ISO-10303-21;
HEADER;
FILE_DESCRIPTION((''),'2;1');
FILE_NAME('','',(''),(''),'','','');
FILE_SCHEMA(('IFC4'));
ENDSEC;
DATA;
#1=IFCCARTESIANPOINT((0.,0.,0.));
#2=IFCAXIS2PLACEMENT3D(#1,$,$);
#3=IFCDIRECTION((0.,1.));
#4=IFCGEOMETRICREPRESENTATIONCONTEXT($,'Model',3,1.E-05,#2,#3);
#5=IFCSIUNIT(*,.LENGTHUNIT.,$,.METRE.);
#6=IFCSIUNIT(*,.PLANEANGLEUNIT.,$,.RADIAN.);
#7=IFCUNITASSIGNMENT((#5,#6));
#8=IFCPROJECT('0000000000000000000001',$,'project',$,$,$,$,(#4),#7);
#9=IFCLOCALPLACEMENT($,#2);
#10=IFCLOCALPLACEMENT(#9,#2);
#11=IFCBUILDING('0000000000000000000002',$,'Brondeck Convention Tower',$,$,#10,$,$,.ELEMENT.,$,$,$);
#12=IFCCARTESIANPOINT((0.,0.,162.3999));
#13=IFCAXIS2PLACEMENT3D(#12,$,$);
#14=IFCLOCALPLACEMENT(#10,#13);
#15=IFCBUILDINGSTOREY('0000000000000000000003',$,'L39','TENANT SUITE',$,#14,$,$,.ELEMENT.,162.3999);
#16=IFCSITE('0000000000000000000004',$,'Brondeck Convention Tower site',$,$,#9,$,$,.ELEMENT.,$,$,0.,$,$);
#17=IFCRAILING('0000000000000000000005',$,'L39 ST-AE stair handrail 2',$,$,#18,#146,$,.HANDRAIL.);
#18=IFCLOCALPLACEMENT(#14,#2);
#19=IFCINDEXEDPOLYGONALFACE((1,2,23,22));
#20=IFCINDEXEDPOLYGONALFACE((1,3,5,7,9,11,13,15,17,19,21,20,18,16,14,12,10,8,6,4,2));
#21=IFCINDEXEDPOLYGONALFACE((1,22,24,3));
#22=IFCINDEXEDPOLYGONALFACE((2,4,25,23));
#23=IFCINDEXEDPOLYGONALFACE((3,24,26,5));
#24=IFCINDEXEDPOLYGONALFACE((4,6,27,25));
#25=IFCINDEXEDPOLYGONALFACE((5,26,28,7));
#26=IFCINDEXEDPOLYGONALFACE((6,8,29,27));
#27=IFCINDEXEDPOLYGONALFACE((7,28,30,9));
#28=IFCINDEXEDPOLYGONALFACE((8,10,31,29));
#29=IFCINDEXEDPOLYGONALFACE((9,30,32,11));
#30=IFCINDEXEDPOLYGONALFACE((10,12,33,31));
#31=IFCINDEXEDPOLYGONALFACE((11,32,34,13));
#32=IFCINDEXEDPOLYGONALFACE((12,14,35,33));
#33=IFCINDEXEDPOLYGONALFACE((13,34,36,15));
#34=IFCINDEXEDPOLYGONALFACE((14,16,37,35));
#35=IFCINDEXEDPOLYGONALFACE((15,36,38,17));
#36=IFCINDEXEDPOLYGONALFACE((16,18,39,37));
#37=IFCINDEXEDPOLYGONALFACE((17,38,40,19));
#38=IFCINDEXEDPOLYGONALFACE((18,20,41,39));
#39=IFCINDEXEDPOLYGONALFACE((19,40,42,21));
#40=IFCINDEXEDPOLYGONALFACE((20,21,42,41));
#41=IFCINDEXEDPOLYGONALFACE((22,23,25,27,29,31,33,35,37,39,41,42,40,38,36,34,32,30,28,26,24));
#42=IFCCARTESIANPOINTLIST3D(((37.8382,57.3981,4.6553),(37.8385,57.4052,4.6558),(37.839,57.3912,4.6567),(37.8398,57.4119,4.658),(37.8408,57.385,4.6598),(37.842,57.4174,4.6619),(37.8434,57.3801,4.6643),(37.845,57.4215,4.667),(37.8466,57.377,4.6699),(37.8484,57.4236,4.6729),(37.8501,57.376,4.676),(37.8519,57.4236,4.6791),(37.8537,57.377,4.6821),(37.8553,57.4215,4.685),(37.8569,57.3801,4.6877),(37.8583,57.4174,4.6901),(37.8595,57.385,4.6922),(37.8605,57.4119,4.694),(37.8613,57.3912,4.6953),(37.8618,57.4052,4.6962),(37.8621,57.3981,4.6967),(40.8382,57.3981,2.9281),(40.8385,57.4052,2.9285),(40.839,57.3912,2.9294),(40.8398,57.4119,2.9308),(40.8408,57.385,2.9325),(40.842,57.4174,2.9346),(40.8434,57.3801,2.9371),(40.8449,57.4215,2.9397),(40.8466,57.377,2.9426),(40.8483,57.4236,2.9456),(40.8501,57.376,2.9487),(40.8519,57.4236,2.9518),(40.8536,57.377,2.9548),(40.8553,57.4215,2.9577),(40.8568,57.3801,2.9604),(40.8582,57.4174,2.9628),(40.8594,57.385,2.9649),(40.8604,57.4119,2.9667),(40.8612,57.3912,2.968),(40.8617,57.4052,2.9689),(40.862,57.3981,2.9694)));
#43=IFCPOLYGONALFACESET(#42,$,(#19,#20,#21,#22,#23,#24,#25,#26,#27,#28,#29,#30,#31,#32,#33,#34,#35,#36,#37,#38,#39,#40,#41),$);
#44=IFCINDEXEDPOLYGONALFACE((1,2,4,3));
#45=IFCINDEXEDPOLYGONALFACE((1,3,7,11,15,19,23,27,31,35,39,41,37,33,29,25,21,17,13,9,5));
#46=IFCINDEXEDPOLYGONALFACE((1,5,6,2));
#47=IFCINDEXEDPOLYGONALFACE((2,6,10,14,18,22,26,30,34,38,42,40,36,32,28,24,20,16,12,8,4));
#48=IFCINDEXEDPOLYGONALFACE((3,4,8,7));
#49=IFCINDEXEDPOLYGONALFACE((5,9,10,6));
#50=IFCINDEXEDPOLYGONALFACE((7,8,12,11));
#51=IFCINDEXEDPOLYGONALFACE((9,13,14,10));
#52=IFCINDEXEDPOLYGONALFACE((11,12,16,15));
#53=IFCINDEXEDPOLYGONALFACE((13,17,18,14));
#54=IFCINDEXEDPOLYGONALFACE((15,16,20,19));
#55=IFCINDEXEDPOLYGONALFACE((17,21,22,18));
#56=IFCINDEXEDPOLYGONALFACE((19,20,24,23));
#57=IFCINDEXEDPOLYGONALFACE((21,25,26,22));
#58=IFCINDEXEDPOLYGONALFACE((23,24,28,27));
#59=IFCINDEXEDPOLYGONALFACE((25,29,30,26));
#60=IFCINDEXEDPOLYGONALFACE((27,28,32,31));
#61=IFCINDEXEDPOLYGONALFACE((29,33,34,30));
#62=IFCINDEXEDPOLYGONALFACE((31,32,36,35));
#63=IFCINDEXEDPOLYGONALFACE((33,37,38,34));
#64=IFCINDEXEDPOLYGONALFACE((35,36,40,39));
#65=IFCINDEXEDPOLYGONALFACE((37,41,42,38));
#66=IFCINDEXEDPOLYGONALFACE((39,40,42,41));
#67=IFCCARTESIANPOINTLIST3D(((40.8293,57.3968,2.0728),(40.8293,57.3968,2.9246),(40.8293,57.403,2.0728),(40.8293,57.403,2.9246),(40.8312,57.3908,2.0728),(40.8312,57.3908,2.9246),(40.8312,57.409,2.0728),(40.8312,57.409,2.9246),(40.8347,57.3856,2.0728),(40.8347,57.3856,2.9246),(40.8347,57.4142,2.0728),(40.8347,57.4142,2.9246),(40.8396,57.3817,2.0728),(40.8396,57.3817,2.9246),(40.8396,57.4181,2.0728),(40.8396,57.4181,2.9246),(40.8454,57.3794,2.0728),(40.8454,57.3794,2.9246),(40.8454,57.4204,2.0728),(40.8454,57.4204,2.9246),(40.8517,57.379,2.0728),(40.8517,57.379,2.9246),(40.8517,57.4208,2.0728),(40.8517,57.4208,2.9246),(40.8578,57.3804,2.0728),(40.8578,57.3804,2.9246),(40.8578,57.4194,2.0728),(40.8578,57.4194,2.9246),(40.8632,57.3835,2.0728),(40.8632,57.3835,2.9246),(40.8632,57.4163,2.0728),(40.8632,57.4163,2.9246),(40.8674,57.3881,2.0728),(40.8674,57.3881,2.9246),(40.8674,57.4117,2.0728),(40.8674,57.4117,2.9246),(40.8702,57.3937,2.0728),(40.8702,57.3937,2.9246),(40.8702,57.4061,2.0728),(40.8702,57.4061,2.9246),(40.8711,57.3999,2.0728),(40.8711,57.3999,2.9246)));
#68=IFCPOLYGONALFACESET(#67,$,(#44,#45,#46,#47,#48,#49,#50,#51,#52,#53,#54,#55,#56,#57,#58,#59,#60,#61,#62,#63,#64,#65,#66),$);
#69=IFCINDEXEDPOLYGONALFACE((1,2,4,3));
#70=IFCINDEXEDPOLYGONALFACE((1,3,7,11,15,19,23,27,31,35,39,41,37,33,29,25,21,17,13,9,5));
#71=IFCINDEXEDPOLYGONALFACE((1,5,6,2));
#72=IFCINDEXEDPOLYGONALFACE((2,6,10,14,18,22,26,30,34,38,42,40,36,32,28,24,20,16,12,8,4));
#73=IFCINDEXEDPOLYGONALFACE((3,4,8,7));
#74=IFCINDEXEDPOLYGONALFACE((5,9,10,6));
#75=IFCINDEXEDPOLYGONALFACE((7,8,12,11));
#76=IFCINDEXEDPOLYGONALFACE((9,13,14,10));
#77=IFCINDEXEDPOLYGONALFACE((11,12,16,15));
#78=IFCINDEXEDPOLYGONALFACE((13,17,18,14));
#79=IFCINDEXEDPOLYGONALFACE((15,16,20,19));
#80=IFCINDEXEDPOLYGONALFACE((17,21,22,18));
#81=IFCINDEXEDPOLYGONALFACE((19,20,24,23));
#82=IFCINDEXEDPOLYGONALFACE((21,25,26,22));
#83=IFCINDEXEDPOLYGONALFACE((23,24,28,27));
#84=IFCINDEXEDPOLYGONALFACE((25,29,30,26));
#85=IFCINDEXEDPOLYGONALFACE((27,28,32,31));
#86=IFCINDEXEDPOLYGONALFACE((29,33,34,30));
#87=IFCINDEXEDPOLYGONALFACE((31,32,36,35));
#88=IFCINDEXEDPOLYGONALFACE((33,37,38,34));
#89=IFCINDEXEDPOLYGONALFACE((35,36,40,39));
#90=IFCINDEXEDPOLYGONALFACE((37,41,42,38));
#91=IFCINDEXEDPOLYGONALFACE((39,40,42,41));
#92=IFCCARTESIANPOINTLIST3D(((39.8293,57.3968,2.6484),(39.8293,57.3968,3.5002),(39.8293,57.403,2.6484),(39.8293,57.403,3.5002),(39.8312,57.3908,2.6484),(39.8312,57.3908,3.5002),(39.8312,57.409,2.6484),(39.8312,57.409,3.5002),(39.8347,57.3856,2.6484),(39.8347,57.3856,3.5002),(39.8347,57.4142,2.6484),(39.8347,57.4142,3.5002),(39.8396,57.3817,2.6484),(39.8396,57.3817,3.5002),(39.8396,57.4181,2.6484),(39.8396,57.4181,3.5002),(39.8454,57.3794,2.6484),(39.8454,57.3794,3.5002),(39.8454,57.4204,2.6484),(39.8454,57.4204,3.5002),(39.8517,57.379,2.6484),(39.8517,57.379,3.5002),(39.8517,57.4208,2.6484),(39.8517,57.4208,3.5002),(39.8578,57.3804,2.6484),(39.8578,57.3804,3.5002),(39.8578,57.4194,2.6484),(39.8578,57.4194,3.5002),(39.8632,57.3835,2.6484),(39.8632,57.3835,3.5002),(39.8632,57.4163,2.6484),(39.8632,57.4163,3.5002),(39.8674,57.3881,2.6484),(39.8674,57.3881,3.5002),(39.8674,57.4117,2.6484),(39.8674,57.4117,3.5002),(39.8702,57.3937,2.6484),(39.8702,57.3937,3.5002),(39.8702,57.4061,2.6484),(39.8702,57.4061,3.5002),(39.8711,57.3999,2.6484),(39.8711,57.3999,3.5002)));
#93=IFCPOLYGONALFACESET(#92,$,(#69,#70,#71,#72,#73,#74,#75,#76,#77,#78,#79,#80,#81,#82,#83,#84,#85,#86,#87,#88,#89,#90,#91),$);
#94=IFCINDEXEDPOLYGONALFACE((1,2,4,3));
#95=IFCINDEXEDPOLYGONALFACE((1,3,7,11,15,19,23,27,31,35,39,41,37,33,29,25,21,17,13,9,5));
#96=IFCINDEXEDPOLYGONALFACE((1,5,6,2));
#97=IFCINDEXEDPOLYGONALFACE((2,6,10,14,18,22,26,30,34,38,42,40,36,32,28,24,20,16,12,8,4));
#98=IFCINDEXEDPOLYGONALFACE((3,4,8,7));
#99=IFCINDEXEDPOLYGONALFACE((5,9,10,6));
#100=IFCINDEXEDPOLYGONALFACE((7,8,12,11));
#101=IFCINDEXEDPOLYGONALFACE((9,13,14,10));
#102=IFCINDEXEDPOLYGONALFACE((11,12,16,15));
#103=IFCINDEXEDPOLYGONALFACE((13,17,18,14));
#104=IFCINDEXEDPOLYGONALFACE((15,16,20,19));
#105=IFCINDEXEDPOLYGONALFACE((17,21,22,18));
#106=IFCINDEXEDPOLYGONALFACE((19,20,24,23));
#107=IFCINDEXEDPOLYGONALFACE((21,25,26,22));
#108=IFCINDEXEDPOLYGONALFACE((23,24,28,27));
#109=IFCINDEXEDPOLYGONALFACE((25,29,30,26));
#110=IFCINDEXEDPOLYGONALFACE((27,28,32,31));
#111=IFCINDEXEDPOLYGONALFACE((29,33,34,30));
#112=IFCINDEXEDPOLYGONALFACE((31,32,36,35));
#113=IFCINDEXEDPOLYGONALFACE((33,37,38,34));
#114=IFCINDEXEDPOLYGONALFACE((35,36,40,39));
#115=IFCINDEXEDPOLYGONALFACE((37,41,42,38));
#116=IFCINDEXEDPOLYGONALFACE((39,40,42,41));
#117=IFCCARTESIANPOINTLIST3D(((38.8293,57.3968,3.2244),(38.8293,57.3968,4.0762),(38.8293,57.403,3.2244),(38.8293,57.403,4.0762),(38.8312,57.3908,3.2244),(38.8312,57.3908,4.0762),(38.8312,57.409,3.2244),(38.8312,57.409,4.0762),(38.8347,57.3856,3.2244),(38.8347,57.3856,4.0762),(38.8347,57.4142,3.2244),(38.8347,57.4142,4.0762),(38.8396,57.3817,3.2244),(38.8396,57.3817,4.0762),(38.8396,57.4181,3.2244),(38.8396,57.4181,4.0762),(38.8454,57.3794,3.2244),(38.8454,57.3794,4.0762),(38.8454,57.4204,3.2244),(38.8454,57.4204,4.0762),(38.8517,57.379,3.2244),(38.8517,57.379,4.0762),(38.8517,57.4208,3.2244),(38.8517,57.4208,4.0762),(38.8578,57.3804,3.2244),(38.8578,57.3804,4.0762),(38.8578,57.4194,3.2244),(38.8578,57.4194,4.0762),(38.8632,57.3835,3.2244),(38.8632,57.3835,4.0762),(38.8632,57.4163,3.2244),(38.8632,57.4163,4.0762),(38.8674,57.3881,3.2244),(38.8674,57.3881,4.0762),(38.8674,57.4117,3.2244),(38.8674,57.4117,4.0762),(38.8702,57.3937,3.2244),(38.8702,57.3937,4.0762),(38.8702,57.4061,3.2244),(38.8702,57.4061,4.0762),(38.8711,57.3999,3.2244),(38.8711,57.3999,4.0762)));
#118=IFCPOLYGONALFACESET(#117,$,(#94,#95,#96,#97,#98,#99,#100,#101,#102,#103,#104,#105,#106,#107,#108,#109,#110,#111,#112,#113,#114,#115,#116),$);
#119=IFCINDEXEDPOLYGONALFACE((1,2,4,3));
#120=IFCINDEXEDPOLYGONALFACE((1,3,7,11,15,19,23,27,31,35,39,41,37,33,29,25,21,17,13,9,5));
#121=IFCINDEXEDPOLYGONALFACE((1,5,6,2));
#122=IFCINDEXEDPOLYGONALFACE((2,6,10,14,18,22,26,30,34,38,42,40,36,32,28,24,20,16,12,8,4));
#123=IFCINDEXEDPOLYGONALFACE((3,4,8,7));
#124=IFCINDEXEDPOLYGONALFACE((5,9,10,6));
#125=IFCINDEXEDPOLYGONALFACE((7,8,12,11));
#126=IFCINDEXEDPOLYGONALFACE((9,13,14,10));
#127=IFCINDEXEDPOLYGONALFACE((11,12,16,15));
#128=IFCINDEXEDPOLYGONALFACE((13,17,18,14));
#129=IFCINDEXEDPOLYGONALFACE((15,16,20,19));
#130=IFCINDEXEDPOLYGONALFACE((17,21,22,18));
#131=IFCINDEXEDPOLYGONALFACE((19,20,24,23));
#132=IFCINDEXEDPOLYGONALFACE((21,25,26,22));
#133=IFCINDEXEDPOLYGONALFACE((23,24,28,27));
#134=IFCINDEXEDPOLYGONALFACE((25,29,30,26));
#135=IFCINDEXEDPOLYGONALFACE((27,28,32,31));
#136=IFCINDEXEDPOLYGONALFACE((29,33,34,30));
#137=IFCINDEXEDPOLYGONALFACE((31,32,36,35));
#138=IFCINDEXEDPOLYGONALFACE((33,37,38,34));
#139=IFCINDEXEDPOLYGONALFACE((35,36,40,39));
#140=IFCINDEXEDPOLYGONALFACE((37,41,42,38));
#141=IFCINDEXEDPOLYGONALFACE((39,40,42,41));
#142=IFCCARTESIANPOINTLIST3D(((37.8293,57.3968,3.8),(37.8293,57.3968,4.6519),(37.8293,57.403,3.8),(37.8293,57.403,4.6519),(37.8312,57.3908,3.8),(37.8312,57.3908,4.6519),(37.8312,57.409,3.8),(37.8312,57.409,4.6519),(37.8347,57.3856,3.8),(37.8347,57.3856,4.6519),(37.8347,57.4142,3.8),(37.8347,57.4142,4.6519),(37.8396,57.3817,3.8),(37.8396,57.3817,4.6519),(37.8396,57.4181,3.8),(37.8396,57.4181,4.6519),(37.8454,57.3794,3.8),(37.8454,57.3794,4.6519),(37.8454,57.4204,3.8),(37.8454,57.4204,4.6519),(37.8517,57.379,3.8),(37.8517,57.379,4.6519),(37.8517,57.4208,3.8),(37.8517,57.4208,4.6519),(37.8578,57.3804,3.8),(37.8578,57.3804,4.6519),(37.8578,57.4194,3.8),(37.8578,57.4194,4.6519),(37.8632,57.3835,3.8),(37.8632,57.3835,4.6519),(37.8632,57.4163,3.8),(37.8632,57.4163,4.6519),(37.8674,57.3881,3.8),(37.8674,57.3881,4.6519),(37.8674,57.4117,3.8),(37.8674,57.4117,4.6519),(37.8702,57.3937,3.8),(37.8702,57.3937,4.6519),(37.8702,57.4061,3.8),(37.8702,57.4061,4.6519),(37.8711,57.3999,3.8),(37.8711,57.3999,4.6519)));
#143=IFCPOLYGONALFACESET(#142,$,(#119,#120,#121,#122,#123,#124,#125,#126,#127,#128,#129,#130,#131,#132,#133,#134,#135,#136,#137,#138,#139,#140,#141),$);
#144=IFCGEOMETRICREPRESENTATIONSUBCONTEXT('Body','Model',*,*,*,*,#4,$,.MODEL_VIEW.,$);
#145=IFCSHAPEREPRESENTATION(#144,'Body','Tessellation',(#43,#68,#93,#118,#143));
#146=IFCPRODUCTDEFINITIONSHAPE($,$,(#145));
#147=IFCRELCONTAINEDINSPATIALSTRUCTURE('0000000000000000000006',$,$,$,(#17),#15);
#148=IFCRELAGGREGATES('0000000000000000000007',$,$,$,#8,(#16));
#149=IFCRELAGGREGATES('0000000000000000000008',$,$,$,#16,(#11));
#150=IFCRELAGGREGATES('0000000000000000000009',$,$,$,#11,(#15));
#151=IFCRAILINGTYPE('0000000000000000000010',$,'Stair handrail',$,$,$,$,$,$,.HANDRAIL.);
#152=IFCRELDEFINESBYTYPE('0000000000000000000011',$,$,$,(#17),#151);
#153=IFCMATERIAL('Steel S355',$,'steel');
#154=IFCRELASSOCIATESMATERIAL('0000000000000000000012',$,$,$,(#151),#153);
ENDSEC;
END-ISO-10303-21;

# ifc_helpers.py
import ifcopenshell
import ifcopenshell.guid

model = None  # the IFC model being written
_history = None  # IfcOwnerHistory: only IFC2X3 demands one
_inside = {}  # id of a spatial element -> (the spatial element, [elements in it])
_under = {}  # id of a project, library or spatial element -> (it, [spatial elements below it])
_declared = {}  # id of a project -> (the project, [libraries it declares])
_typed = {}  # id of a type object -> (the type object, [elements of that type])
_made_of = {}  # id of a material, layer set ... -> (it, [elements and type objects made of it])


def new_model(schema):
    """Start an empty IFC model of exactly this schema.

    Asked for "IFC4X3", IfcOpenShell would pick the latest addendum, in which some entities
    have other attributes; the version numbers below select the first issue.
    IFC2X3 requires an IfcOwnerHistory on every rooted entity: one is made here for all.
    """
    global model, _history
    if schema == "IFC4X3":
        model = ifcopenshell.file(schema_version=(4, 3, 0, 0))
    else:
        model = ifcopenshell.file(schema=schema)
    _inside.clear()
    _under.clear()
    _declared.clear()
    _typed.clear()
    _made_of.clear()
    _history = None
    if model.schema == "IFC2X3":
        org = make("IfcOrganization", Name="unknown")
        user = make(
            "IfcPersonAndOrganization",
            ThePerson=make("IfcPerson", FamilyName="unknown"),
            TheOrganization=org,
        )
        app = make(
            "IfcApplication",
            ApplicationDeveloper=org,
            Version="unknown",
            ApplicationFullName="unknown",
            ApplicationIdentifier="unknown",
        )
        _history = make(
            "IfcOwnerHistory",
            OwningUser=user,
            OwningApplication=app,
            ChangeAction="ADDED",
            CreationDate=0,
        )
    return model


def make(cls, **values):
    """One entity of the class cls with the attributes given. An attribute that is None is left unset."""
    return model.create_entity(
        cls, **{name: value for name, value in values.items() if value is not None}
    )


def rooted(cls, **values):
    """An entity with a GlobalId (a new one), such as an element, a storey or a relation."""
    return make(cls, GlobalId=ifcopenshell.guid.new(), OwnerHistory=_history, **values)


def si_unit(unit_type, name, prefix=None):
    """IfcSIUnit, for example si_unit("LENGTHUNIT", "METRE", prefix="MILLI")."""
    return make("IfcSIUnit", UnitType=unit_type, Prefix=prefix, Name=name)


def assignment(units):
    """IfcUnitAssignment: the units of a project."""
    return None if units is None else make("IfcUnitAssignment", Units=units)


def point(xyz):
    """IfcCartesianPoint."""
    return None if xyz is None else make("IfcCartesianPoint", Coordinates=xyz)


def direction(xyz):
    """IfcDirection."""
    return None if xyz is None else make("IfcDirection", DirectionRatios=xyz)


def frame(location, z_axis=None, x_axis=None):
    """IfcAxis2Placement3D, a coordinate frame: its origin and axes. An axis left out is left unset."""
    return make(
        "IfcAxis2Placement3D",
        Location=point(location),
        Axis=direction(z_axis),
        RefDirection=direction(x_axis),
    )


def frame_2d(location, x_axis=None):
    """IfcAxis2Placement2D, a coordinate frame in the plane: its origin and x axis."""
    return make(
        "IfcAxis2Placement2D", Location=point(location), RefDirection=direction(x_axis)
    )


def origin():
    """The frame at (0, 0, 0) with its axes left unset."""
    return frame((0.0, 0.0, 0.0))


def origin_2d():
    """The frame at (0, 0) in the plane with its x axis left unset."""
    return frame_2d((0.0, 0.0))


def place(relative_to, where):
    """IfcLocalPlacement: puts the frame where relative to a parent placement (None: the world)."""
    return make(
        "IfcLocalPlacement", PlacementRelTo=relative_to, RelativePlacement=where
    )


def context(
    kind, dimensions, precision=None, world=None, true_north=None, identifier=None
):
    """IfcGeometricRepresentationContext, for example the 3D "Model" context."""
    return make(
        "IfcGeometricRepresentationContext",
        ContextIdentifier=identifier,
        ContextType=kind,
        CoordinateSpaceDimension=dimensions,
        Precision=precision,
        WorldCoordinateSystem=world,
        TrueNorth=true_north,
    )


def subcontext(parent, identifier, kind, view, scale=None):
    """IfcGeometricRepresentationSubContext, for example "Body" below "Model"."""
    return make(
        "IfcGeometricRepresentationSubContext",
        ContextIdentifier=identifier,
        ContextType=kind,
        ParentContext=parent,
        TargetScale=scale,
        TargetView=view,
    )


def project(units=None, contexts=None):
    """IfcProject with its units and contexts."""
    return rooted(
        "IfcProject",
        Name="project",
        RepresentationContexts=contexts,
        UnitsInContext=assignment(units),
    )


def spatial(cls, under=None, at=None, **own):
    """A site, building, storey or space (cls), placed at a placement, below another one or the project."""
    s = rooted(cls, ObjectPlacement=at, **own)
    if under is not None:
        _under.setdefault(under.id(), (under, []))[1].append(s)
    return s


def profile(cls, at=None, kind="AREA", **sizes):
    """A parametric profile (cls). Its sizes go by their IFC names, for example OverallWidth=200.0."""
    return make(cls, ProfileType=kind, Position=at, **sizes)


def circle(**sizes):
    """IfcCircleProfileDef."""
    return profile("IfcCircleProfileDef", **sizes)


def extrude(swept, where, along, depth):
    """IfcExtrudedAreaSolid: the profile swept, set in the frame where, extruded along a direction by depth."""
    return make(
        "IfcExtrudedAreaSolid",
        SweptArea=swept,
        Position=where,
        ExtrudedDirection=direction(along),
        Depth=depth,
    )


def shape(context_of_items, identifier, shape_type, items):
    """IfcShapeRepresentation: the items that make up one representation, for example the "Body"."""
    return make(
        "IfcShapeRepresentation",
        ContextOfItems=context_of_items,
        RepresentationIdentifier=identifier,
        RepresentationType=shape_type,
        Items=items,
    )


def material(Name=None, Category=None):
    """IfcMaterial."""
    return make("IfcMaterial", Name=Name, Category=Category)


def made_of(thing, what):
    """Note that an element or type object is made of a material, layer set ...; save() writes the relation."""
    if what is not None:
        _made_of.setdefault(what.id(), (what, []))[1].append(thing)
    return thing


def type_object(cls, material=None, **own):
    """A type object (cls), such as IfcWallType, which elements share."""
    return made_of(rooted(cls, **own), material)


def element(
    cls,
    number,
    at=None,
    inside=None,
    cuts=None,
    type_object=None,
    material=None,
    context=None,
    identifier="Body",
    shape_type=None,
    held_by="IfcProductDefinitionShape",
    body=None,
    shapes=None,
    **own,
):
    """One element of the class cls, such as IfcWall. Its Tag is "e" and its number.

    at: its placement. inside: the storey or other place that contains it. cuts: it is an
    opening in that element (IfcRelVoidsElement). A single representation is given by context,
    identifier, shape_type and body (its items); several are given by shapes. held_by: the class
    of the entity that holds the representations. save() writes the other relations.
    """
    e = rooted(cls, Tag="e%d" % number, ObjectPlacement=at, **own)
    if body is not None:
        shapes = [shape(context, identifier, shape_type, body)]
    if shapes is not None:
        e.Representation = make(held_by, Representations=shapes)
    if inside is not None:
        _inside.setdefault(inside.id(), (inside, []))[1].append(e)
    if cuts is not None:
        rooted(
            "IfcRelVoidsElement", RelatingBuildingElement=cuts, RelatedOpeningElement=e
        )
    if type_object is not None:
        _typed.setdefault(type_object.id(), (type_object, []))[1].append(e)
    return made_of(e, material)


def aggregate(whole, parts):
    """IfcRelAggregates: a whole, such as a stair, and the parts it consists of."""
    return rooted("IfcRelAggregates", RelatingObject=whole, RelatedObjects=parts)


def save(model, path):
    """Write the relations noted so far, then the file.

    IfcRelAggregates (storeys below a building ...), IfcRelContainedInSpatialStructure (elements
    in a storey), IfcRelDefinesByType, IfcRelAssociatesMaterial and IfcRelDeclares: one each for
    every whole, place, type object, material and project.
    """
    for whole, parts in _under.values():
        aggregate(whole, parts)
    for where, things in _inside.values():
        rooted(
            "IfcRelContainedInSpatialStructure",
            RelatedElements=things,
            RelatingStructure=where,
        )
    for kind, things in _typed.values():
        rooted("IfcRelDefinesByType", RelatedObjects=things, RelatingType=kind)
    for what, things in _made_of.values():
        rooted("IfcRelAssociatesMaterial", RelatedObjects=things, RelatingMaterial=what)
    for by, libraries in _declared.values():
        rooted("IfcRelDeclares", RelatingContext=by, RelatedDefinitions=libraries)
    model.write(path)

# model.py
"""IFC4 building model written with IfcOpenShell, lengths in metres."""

from ifc_helpers import new_model, si_unit, direction, frame, origin, origin_2d, place, context, subcontext, project, spatial, circle, extrude, material, type_object, element, save


model = new_model("IFC4")

# Units and contexts
model_context = context("Model", 3, precision=1e-05, world=origin(), true_north=direction((0.0, 1.0)))
body_context = subcontext(model_context, "Body", "Model", "MODEL_VIEW")
ifc_project = project(units=[si_unit("LENGTHUNIT", "METRE"), si_unit("PLANEANGLEUNIT", "RADIAN")], contexts=[model_context])

# Site, building, storey
site_placement = place(None, origin())
site = spatial("IfcSite", under=ifc_project, at=site_placement, Name="Brondeck Convention Tower site", CompositionType="ELEMENT", RefElevation=0.0)
building_placement = place(site_placement, origin())
building = spatial("IfcBuilding", under=site, at=building_placement, Name="Brondeck Convention Tower", CompositionType="ELEMENT")
storey_placement = place(building_placement, frame((0.0, 0.0, 162.3999)))
storey = spatial("IfcBuildingStorey", under=building, at=storey_placement, Name="L39", Description="TENANT SUITE", CompositionType="ELEMENT", Elevation=162.3999)

# Shared definitions
ifc_material_1 = material(Name="Steel S355", Category="steel")

# Railing
railing_type = type_object("IfcRailingType", Name="Stair handrail", PredefinedType="HANDRAIL", material=ifc_material_1)
for number, where, name in (
    (1, (40.8501, 57.3999, 2.0728), "L39 ST-AE stair handrail 2"),
):
    element("IfcRailing", number, at=place(storey_placement, frame(where)), inside=storey, type_object=railing_type, Name=name, PredefinedType="HANDRAIL", context=body_context, shape_type="SweptSolid", body=[
        extrude(circle(Radius=0.0239, at=origin_2d()), frame((0.0, 0.0, 0.876), z_axis=(-0.86662, 0.0, 0.498969), x_axis=(0.0, -1.0, 0.0)), (0.0, 0.0, 1.0), 3.4617),
        extrude(circle(Radius=0.021, at=origin_2d()), origin(), (0.0, 0.0, 1.0), 0.8518),
        extrude(circle(Radius=0.021, at=origin_2d()), frame((-1.0, 0.0, 0.5757)), (0.0, 0.0, 1.0), 0.8518),
        extrude(circle(Radius=0.021, at=origin_2d()), frame((-2.0, 0.0, 1.1516)), (0.0, 0.0, 1.0), 0.8518),
        extrude(circle(Radius=0.021, at=origin_2d()), frame((-3.0, 0.0, 1.7273)), (0.0, 0.0, 1.0), 0.8518),
    ])

save(model, "model.ifc")
